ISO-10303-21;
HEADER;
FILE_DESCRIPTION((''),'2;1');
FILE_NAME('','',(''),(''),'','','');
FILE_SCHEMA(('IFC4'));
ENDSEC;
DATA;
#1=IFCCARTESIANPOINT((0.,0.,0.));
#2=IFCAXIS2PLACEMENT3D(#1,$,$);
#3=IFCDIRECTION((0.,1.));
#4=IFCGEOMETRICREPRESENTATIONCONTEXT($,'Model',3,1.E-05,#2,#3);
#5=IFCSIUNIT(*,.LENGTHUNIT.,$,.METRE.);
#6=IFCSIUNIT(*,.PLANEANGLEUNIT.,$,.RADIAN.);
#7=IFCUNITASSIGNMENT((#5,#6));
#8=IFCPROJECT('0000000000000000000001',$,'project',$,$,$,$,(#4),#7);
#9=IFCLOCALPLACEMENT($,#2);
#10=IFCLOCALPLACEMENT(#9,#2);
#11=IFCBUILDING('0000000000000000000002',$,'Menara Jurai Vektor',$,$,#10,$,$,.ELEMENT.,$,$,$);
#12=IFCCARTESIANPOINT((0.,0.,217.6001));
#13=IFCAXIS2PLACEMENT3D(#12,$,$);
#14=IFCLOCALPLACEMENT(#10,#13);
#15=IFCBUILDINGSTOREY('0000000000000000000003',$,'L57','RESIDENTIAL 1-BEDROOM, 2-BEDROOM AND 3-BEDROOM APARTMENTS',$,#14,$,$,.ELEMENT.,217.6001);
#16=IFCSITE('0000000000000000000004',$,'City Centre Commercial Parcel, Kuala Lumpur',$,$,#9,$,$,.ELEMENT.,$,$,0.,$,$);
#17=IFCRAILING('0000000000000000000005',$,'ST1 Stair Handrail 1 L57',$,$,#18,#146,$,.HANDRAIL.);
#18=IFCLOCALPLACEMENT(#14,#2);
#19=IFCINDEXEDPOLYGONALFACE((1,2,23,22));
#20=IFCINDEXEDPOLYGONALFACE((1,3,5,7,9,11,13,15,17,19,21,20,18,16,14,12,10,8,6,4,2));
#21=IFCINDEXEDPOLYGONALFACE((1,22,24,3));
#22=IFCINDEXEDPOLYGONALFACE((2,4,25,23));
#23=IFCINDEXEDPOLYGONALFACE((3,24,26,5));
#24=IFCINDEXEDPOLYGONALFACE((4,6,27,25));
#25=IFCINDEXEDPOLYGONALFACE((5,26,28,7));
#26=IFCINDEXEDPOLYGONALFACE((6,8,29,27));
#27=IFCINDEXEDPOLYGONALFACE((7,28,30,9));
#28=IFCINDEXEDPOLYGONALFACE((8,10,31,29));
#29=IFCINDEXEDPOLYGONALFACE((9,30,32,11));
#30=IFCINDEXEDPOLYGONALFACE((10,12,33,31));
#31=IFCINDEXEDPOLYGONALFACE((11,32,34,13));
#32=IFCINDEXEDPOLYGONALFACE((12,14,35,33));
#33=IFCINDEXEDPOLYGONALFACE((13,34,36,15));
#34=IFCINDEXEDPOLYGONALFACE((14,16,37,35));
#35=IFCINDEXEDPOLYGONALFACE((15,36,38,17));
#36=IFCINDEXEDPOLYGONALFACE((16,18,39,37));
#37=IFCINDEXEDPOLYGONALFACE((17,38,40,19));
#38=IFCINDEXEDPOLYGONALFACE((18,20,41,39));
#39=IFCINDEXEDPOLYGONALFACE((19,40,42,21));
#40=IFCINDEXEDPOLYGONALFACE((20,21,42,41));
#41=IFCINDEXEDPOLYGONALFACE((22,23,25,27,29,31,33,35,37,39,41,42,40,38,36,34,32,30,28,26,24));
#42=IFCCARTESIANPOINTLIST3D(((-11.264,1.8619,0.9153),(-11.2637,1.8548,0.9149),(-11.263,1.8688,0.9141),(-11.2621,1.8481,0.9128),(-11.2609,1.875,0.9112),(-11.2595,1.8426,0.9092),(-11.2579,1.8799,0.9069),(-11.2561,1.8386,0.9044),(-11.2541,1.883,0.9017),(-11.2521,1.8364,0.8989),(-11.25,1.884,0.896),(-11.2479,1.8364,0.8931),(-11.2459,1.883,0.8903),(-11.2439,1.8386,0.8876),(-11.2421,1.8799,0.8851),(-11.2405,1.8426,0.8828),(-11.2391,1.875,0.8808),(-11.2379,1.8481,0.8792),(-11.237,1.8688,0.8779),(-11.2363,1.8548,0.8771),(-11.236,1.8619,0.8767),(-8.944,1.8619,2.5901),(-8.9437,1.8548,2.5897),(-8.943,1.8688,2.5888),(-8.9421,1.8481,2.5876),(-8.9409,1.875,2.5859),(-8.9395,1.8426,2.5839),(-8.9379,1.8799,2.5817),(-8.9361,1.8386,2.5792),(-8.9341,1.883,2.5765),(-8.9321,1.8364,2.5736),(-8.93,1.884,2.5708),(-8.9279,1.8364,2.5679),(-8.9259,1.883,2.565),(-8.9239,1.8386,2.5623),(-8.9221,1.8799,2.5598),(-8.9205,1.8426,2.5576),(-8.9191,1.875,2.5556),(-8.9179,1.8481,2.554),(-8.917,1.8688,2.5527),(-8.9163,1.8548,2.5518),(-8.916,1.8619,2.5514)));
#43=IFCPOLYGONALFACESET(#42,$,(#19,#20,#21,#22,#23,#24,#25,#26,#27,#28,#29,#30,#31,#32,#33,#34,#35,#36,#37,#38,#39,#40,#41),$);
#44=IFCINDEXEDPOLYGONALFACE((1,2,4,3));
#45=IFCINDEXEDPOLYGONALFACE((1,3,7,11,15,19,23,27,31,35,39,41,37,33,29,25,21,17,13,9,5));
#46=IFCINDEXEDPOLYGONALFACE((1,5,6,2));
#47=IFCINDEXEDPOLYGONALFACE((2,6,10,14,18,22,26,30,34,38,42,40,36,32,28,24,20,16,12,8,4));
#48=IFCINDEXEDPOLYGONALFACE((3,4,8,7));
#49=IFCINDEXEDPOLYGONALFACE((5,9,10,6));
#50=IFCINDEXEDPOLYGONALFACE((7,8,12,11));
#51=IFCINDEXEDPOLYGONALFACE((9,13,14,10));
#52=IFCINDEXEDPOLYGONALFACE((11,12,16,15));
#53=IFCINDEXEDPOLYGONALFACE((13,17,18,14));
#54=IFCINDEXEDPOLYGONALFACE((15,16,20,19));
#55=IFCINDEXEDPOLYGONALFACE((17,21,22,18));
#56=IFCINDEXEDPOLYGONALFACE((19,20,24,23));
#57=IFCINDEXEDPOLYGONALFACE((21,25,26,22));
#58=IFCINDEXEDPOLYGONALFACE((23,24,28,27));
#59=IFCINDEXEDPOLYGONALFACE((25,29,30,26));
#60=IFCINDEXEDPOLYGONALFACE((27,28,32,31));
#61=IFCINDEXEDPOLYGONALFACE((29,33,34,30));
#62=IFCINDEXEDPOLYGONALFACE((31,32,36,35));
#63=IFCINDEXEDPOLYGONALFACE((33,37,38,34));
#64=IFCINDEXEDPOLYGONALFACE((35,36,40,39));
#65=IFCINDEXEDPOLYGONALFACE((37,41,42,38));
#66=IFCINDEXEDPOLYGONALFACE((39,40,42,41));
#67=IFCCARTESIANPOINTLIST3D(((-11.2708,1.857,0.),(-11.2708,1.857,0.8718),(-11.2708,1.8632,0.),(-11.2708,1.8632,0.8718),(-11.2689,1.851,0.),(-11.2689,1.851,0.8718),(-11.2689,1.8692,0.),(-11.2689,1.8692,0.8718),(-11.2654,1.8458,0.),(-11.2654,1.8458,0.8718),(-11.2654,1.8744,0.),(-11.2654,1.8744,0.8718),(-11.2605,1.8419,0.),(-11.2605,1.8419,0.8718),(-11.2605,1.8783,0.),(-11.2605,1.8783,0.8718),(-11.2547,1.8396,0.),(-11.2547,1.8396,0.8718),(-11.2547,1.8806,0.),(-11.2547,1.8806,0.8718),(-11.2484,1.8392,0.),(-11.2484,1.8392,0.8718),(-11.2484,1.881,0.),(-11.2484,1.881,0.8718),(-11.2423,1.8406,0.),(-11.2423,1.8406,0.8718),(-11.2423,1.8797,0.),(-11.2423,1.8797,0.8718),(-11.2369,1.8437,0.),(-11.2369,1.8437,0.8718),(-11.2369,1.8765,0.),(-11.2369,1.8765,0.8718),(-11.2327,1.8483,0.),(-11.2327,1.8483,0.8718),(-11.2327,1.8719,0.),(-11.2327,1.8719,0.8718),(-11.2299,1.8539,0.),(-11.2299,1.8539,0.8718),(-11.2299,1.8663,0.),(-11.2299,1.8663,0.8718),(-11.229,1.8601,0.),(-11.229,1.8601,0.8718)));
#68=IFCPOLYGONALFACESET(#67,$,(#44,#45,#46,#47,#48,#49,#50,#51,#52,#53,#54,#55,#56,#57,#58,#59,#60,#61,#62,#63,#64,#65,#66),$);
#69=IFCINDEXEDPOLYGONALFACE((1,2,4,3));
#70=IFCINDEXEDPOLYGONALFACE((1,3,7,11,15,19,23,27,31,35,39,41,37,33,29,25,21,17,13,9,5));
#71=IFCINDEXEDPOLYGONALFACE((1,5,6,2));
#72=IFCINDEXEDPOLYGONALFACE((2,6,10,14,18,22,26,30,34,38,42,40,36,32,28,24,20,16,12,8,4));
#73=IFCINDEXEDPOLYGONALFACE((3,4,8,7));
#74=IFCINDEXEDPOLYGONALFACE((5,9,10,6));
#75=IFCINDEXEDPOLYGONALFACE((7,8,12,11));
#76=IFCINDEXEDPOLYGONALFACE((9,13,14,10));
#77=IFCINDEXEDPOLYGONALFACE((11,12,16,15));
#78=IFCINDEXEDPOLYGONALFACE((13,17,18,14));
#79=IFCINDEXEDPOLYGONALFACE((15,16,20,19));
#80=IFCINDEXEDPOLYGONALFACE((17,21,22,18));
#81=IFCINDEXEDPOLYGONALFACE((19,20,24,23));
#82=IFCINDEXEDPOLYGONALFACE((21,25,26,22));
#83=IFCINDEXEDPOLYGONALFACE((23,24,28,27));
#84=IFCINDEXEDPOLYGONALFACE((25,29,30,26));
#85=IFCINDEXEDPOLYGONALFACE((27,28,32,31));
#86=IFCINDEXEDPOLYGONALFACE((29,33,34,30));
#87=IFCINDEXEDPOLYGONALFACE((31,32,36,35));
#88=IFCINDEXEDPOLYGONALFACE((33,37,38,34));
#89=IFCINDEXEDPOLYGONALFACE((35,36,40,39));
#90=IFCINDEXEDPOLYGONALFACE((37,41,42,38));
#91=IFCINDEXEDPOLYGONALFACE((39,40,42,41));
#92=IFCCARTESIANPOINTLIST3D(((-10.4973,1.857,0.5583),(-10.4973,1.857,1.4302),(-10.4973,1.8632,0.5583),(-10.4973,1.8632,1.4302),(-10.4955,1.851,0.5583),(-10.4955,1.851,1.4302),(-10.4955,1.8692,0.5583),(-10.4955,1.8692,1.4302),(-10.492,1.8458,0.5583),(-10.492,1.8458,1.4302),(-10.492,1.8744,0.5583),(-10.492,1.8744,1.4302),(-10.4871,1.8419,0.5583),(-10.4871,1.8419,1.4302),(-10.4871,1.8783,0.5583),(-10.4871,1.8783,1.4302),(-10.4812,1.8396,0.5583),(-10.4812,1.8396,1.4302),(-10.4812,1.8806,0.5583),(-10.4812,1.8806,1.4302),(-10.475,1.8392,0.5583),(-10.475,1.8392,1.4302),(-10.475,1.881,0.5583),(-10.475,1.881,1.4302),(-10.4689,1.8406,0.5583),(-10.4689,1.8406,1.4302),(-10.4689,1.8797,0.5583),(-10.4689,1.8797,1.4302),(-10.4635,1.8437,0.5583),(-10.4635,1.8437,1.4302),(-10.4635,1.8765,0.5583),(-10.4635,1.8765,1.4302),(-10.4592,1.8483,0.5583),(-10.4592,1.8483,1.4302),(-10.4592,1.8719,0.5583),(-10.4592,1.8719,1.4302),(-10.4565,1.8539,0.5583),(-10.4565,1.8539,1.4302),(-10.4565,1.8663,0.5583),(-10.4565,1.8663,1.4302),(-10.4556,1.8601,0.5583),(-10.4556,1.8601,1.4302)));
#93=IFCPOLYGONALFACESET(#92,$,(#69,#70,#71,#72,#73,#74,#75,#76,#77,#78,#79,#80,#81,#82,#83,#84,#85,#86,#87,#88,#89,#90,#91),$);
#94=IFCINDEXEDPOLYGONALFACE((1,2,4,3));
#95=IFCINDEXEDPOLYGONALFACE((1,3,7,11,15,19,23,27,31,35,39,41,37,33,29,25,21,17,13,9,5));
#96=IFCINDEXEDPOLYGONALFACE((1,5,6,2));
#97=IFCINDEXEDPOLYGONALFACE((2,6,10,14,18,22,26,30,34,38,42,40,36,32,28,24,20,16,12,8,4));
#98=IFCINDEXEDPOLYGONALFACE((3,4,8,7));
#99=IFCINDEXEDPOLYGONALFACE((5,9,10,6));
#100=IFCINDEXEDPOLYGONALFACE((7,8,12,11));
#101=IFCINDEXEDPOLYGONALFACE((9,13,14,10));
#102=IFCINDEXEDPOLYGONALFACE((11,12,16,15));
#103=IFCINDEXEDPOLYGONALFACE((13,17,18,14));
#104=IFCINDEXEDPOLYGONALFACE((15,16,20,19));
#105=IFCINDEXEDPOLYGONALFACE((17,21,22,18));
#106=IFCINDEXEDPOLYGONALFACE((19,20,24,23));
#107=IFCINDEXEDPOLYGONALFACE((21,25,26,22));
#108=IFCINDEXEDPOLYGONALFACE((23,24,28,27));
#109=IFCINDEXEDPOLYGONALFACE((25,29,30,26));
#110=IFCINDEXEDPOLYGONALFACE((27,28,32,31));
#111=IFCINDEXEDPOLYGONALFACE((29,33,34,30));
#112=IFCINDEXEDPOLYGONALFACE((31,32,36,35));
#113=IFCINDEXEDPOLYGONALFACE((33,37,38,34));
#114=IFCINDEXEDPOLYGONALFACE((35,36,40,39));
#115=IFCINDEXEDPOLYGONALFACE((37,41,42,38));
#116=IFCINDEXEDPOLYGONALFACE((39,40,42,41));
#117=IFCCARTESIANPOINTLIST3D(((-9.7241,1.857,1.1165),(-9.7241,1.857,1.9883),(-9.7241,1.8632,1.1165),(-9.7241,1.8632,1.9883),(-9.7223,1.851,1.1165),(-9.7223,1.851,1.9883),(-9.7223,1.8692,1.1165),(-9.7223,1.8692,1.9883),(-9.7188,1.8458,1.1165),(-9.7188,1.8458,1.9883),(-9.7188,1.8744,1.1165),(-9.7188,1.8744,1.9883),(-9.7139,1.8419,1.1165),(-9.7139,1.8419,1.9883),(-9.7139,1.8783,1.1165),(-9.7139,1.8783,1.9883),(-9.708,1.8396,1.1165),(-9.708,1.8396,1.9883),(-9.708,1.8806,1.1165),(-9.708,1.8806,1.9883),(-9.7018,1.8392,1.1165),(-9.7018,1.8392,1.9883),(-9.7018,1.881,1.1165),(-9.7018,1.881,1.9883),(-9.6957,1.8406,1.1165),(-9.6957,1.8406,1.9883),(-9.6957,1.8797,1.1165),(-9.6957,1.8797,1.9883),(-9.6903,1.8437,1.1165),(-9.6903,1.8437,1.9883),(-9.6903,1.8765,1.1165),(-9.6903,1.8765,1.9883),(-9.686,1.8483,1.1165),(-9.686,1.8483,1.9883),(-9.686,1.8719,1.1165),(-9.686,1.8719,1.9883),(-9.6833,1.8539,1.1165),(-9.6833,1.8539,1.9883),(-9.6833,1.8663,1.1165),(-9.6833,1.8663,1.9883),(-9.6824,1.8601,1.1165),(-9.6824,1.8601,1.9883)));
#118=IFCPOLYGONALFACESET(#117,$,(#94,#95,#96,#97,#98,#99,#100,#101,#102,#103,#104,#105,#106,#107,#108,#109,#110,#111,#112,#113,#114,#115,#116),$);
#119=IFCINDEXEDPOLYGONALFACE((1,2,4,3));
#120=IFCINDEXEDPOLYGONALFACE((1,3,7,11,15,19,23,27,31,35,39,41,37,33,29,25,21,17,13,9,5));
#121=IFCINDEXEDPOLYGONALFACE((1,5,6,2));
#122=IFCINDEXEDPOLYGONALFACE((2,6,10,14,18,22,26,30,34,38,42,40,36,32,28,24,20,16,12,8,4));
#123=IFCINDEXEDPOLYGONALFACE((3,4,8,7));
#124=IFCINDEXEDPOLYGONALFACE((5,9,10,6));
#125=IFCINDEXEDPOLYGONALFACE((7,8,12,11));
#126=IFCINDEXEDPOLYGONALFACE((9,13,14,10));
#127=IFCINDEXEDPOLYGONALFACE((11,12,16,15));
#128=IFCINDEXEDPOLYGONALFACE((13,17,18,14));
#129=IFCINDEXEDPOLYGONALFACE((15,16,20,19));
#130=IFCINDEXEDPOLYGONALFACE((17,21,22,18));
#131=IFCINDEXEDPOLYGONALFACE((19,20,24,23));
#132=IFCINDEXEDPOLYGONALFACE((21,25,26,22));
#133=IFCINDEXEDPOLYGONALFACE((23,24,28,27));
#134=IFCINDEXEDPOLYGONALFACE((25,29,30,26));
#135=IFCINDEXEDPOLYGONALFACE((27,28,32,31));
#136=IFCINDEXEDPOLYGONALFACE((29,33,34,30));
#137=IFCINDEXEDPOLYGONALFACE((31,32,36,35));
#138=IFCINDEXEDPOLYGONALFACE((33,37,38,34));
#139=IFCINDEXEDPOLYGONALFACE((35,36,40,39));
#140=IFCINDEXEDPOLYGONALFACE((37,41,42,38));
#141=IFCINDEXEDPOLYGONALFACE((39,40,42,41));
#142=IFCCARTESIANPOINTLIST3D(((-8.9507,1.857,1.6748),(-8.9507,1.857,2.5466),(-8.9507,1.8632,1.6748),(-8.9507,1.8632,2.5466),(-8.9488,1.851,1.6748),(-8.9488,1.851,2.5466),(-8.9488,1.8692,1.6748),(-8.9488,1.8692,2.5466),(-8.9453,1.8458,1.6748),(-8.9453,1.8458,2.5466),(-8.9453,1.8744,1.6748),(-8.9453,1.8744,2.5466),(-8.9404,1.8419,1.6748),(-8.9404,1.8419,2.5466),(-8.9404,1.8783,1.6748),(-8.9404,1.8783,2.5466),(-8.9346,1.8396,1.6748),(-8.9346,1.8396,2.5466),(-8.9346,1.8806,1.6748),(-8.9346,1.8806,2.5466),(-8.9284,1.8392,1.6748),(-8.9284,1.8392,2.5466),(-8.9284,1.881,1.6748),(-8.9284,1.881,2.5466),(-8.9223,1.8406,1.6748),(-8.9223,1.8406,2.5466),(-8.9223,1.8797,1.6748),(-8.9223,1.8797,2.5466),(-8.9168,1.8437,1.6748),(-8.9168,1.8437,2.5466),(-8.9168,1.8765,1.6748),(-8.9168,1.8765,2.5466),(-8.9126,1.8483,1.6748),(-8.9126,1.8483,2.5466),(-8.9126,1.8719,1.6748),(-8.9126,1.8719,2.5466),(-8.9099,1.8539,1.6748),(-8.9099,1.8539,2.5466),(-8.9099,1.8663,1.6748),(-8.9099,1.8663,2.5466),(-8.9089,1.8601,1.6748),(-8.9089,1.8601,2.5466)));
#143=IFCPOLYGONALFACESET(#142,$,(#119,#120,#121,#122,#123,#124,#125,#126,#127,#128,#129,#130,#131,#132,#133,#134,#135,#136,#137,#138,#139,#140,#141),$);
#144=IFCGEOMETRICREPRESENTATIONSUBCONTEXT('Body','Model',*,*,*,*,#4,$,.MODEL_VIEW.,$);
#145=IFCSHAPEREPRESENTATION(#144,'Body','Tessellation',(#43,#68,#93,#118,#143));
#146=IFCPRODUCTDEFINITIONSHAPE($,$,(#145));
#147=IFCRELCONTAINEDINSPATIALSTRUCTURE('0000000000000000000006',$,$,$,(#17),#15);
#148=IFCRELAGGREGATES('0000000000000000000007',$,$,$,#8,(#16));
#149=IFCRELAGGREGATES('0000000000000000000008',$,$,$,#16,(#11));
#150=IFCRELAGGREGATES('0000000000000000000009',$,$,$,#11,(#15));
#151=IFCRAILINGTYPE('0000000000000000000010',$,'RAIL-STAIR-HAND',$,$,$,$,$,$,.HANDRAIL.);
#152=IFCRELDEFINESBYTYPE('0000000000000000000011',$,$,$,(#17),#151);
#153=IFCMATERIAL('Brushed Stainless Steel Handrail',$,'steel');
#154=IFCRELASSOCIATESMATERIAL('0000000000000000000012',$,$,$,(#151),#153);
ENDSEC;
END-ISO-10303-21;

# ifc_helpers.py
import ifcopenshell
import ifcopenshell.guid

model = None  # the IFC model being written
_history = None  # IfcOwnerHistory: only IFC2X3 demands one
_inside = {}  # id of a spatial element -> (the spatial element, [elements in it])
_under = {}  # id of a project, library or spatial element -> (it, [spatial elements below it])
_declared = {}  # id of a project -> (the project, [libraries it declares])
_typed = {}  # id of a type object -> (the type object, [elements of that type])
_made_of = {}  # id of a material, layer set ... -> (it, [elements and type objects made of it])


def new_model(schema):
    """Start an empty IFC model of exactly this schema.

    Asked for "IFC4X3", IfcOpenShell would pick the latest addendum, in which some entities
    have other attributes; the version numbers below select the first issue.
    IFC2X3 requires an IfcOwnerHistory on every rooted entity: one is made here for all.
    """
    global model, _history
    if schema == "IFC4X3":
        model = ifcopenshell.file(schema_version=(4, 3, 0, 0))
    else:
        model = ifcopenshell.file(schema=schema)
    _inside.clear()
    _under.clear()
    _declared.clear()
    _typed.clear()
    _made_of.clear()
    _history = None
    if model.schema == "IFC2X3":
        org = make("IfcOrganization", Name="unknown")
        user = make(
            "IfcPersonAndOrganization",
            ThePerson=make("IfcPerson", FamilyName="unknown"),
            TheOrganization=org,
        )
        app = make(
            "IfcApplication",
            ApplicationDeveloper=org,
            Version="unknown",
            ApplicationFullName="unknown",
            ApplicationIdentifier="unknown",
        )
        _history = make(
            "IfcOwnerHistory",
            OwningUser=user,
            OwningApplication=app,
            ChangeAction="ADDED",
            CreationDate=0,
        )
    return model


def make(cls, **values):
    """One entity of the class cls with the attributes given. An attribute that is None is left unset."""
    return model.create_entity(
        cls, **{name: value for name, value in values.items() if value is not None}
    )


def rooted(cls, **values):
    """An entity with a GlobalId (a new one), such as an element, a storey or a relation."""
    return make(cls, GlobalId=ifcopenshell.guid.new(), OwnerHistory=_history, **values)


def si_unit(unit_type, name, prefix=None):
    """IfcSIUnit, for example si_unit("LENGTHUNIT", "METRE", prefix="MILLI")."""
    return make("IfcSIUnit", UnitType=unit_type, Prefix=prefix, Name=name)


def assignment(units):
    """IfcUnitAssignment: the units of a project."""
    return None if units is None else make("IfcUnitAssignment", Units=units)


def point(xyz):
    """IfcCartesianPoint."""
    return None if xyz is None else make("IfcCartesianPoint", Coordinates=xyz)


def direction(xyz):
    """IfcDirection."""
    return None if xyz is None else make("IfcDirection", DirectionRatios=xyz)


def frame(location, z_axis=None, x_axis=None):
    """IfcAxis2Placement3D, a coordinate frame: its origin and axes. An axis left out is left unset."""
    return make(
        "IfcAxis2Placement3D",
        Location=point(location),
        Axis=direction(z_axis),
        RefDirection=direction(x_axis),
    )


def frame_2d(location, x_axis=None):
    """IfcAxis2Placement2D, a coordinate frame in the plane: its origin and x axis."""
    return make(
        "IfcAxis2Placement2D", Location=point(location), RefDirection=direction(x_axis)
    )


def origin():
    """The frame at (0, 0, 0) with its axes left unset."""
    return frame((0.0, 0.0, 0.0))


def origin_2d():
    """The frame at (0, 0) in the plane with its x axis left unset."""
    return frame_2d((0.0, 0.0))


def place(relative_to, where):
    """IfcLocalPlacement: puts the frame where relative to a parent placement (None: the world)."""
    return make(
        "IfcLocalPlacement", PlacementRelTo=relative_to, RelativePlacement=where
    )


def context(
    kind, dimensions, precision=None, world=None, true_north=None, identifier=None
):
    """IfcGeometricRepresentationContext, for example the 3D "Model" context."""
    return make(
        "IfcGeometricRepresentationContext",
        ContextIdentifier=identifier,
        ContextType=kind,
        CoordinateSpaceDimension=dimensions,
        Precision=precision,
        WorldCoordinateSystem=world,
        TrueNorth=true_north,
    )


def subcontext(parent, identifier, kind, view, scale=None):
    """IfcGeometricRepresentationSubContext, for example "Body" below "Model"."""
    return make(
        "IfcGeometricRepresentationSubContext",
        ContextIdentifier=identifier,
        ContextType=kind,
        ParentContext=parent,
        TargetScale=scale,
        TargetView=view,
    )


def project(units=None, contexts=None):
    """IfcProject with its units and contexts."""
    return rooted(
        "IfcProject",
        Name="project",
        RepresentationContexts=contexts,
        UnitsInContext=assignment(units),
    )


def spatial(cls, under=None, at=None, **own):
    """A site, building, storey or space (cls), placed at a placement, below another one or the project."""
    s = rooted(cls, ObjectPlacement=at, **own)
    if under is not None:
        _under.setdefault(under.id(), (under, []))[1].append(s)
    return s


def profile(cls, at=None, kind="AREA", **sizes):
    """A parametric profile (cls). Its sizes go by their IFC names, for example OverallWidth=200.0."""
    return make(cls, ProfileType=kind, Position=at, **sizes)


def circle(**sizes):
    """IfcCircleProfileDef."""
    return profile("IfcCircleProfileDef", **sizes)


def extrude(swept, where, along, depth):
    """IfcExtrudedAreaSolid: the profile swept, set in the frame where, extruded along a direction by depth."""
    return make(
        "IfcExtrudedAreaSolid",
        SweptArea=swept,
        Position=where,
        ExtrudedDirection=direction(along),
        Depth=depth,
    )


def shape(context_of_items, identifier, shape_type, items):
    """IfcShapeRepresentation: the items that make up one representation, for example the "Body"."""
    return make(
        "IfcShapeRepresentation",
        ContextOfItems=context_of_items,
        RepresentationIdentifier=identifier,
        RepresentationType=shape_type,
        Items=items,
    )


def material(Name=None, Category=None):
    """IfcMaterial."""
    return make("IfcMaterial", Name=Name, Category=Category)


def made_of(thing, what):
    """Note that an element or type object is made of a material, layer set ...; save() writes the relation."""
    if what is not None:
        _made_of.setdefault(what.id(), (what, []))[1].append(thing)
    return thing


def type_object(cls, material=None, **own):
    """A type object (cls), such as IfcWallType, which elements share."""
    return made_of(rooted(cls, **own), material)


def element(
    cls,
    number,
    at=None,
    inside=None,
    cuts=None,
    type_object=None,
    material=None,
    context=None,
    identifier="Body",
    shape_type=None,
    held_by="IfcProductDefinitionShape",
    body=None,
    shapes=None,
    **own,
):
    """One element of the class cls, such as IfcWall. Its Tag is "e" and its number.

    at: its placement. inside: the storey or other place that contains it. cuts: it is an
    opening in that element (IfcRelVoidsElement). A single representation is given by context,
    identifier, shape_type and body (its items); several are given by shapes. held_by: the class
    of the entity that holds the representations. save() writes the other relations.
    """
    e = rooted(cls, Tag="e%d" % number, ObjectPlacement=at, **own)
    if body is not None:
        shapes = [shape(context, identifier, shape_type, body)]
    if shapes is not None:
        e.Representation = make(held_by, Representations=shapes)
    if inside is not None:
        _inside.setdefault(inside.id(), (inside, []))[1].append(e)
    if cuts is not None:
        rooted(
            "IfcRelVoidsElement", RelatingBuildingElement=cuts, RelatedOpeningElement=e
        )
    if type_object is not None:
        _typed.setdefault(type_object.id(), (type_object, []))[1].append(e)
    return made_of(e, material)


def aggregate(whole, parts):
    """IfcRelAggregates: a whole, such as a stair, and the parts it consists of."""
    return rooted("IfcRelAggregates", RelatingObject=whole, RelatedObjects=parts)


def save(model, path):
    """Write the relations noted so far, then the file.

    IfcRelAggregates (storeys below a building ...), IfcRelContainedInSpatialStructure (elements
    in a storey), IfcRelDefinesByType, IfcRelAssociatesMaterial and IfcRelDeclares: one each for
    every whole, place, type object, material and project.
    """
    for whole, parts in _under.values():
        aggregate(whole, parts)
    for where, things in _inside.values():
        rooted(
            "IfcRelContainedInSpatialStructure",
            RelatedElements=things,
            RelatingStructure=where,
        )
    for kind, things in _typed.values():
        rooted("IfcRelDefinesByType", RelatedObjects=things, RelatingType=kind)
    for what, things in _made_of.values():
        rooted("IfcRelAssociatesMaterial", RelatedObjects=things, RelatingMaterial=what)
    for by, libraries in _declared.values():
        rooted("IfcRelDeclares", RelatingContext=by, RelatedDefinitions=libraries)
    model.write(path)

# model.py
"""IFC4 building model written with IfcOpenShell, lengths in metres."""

from ifc_helpers import new_model, si_unit, direction, frame, origin, origin_2d, place, context, subcontext, project, spatial, circle, extrude, material, type_object, element, save


model = new_model("IFC4")

# Units and contexts
model_context = context("Model", 3, precision=1e-05, world=origin(), true_north=direction((0.0, 1.0)))
body_context = subcontext(model_context, "Body", "Model", "MODEL_VIEW")
ifc_project = project(units=[si_unit("LENGTHUNIT", "METRE"), si_unit("PLANEANGLEUNIT", "RADIAN")], contexts=[model_context])

# Site, building, storey
site_placement = place(None, origin())
site = spatial("IfcSite", under=ifc_project, at=site_placement, Name="City Centre Commercial Parcel, Kuala Lumpur", CompositionType="ELEMENT", RefElevation=0.0)
building_placement = place(site_placement, origin())
building = spatial("IfcBuilding", under=site, at=building_placement, Name="Menara Jurai Vektor", CompositionType="ELEMENT")
storey_placement = place(building_placement, frame((0.0, 0.0, 217.6001)))
storey = spatial("IfcBuildingStorey", under=building, at=storey_placement, Name="L57", Description="RESIDENTIAL 1-BEDROOM, 2-BEDROOM AND 3-BEDROOM APARTMENTS", CompositionType="ELEMENT", Elevation=217.6001)

# Railing
ifc_material_1 = material(Name="Brushed Stainless Steel Handrail", Category="steel")
railing_type_1 = type_object("IfcRailingType", Name="RAIL-STAIR-HAND", PredefinedType="HANDRAIL", material=ifc_material_1)
railing_1_placement = place(storey_placement, frame((-11.25, 1.8601, 0.0)))
element("IfcRailing", 1, at=railing_1_placement, inside=storey, type_object=railing_type_1, Name="ST1 Stair Handrail 1 L57", PredefinedType="HANDRAIL", context=body_context, shape_type="SweptSolid", body=[
    extrude(circle(Radius=0.0239, at=origin_2d()), frame((0.0, 0.0, 0.896), z_axis=(0.810812, 0.0, 0.585307), x_axis=(0.0, 1.0, 0.0)), (0.0, 0.0, 1.0), 2.8613),
    extrude(circle(Radius=0.021, at=origin_2d()), origin(), (0.0, 0.0, 1.0), 0.8718),
    extrude(circle(Radius=0.021, at=origin_2d()), frame((0.7734, 0.0, 0.5583)), (0.0, 0.0, 1.0), 0.8718),
    extrude(circle(Radius=0.021, at=origin_2d()), frame((1.5466, 0.0, 1.1165)), (0.0, 0.0, 1.0), 0.8718),
    extrude(circle(Radius=0.021, at=origin_2d()), frame((2.3201, 0.0, 1.6748)), (0.0, 0.0, 1.0), 0.8718),
])

save(model, "model.ifc")
